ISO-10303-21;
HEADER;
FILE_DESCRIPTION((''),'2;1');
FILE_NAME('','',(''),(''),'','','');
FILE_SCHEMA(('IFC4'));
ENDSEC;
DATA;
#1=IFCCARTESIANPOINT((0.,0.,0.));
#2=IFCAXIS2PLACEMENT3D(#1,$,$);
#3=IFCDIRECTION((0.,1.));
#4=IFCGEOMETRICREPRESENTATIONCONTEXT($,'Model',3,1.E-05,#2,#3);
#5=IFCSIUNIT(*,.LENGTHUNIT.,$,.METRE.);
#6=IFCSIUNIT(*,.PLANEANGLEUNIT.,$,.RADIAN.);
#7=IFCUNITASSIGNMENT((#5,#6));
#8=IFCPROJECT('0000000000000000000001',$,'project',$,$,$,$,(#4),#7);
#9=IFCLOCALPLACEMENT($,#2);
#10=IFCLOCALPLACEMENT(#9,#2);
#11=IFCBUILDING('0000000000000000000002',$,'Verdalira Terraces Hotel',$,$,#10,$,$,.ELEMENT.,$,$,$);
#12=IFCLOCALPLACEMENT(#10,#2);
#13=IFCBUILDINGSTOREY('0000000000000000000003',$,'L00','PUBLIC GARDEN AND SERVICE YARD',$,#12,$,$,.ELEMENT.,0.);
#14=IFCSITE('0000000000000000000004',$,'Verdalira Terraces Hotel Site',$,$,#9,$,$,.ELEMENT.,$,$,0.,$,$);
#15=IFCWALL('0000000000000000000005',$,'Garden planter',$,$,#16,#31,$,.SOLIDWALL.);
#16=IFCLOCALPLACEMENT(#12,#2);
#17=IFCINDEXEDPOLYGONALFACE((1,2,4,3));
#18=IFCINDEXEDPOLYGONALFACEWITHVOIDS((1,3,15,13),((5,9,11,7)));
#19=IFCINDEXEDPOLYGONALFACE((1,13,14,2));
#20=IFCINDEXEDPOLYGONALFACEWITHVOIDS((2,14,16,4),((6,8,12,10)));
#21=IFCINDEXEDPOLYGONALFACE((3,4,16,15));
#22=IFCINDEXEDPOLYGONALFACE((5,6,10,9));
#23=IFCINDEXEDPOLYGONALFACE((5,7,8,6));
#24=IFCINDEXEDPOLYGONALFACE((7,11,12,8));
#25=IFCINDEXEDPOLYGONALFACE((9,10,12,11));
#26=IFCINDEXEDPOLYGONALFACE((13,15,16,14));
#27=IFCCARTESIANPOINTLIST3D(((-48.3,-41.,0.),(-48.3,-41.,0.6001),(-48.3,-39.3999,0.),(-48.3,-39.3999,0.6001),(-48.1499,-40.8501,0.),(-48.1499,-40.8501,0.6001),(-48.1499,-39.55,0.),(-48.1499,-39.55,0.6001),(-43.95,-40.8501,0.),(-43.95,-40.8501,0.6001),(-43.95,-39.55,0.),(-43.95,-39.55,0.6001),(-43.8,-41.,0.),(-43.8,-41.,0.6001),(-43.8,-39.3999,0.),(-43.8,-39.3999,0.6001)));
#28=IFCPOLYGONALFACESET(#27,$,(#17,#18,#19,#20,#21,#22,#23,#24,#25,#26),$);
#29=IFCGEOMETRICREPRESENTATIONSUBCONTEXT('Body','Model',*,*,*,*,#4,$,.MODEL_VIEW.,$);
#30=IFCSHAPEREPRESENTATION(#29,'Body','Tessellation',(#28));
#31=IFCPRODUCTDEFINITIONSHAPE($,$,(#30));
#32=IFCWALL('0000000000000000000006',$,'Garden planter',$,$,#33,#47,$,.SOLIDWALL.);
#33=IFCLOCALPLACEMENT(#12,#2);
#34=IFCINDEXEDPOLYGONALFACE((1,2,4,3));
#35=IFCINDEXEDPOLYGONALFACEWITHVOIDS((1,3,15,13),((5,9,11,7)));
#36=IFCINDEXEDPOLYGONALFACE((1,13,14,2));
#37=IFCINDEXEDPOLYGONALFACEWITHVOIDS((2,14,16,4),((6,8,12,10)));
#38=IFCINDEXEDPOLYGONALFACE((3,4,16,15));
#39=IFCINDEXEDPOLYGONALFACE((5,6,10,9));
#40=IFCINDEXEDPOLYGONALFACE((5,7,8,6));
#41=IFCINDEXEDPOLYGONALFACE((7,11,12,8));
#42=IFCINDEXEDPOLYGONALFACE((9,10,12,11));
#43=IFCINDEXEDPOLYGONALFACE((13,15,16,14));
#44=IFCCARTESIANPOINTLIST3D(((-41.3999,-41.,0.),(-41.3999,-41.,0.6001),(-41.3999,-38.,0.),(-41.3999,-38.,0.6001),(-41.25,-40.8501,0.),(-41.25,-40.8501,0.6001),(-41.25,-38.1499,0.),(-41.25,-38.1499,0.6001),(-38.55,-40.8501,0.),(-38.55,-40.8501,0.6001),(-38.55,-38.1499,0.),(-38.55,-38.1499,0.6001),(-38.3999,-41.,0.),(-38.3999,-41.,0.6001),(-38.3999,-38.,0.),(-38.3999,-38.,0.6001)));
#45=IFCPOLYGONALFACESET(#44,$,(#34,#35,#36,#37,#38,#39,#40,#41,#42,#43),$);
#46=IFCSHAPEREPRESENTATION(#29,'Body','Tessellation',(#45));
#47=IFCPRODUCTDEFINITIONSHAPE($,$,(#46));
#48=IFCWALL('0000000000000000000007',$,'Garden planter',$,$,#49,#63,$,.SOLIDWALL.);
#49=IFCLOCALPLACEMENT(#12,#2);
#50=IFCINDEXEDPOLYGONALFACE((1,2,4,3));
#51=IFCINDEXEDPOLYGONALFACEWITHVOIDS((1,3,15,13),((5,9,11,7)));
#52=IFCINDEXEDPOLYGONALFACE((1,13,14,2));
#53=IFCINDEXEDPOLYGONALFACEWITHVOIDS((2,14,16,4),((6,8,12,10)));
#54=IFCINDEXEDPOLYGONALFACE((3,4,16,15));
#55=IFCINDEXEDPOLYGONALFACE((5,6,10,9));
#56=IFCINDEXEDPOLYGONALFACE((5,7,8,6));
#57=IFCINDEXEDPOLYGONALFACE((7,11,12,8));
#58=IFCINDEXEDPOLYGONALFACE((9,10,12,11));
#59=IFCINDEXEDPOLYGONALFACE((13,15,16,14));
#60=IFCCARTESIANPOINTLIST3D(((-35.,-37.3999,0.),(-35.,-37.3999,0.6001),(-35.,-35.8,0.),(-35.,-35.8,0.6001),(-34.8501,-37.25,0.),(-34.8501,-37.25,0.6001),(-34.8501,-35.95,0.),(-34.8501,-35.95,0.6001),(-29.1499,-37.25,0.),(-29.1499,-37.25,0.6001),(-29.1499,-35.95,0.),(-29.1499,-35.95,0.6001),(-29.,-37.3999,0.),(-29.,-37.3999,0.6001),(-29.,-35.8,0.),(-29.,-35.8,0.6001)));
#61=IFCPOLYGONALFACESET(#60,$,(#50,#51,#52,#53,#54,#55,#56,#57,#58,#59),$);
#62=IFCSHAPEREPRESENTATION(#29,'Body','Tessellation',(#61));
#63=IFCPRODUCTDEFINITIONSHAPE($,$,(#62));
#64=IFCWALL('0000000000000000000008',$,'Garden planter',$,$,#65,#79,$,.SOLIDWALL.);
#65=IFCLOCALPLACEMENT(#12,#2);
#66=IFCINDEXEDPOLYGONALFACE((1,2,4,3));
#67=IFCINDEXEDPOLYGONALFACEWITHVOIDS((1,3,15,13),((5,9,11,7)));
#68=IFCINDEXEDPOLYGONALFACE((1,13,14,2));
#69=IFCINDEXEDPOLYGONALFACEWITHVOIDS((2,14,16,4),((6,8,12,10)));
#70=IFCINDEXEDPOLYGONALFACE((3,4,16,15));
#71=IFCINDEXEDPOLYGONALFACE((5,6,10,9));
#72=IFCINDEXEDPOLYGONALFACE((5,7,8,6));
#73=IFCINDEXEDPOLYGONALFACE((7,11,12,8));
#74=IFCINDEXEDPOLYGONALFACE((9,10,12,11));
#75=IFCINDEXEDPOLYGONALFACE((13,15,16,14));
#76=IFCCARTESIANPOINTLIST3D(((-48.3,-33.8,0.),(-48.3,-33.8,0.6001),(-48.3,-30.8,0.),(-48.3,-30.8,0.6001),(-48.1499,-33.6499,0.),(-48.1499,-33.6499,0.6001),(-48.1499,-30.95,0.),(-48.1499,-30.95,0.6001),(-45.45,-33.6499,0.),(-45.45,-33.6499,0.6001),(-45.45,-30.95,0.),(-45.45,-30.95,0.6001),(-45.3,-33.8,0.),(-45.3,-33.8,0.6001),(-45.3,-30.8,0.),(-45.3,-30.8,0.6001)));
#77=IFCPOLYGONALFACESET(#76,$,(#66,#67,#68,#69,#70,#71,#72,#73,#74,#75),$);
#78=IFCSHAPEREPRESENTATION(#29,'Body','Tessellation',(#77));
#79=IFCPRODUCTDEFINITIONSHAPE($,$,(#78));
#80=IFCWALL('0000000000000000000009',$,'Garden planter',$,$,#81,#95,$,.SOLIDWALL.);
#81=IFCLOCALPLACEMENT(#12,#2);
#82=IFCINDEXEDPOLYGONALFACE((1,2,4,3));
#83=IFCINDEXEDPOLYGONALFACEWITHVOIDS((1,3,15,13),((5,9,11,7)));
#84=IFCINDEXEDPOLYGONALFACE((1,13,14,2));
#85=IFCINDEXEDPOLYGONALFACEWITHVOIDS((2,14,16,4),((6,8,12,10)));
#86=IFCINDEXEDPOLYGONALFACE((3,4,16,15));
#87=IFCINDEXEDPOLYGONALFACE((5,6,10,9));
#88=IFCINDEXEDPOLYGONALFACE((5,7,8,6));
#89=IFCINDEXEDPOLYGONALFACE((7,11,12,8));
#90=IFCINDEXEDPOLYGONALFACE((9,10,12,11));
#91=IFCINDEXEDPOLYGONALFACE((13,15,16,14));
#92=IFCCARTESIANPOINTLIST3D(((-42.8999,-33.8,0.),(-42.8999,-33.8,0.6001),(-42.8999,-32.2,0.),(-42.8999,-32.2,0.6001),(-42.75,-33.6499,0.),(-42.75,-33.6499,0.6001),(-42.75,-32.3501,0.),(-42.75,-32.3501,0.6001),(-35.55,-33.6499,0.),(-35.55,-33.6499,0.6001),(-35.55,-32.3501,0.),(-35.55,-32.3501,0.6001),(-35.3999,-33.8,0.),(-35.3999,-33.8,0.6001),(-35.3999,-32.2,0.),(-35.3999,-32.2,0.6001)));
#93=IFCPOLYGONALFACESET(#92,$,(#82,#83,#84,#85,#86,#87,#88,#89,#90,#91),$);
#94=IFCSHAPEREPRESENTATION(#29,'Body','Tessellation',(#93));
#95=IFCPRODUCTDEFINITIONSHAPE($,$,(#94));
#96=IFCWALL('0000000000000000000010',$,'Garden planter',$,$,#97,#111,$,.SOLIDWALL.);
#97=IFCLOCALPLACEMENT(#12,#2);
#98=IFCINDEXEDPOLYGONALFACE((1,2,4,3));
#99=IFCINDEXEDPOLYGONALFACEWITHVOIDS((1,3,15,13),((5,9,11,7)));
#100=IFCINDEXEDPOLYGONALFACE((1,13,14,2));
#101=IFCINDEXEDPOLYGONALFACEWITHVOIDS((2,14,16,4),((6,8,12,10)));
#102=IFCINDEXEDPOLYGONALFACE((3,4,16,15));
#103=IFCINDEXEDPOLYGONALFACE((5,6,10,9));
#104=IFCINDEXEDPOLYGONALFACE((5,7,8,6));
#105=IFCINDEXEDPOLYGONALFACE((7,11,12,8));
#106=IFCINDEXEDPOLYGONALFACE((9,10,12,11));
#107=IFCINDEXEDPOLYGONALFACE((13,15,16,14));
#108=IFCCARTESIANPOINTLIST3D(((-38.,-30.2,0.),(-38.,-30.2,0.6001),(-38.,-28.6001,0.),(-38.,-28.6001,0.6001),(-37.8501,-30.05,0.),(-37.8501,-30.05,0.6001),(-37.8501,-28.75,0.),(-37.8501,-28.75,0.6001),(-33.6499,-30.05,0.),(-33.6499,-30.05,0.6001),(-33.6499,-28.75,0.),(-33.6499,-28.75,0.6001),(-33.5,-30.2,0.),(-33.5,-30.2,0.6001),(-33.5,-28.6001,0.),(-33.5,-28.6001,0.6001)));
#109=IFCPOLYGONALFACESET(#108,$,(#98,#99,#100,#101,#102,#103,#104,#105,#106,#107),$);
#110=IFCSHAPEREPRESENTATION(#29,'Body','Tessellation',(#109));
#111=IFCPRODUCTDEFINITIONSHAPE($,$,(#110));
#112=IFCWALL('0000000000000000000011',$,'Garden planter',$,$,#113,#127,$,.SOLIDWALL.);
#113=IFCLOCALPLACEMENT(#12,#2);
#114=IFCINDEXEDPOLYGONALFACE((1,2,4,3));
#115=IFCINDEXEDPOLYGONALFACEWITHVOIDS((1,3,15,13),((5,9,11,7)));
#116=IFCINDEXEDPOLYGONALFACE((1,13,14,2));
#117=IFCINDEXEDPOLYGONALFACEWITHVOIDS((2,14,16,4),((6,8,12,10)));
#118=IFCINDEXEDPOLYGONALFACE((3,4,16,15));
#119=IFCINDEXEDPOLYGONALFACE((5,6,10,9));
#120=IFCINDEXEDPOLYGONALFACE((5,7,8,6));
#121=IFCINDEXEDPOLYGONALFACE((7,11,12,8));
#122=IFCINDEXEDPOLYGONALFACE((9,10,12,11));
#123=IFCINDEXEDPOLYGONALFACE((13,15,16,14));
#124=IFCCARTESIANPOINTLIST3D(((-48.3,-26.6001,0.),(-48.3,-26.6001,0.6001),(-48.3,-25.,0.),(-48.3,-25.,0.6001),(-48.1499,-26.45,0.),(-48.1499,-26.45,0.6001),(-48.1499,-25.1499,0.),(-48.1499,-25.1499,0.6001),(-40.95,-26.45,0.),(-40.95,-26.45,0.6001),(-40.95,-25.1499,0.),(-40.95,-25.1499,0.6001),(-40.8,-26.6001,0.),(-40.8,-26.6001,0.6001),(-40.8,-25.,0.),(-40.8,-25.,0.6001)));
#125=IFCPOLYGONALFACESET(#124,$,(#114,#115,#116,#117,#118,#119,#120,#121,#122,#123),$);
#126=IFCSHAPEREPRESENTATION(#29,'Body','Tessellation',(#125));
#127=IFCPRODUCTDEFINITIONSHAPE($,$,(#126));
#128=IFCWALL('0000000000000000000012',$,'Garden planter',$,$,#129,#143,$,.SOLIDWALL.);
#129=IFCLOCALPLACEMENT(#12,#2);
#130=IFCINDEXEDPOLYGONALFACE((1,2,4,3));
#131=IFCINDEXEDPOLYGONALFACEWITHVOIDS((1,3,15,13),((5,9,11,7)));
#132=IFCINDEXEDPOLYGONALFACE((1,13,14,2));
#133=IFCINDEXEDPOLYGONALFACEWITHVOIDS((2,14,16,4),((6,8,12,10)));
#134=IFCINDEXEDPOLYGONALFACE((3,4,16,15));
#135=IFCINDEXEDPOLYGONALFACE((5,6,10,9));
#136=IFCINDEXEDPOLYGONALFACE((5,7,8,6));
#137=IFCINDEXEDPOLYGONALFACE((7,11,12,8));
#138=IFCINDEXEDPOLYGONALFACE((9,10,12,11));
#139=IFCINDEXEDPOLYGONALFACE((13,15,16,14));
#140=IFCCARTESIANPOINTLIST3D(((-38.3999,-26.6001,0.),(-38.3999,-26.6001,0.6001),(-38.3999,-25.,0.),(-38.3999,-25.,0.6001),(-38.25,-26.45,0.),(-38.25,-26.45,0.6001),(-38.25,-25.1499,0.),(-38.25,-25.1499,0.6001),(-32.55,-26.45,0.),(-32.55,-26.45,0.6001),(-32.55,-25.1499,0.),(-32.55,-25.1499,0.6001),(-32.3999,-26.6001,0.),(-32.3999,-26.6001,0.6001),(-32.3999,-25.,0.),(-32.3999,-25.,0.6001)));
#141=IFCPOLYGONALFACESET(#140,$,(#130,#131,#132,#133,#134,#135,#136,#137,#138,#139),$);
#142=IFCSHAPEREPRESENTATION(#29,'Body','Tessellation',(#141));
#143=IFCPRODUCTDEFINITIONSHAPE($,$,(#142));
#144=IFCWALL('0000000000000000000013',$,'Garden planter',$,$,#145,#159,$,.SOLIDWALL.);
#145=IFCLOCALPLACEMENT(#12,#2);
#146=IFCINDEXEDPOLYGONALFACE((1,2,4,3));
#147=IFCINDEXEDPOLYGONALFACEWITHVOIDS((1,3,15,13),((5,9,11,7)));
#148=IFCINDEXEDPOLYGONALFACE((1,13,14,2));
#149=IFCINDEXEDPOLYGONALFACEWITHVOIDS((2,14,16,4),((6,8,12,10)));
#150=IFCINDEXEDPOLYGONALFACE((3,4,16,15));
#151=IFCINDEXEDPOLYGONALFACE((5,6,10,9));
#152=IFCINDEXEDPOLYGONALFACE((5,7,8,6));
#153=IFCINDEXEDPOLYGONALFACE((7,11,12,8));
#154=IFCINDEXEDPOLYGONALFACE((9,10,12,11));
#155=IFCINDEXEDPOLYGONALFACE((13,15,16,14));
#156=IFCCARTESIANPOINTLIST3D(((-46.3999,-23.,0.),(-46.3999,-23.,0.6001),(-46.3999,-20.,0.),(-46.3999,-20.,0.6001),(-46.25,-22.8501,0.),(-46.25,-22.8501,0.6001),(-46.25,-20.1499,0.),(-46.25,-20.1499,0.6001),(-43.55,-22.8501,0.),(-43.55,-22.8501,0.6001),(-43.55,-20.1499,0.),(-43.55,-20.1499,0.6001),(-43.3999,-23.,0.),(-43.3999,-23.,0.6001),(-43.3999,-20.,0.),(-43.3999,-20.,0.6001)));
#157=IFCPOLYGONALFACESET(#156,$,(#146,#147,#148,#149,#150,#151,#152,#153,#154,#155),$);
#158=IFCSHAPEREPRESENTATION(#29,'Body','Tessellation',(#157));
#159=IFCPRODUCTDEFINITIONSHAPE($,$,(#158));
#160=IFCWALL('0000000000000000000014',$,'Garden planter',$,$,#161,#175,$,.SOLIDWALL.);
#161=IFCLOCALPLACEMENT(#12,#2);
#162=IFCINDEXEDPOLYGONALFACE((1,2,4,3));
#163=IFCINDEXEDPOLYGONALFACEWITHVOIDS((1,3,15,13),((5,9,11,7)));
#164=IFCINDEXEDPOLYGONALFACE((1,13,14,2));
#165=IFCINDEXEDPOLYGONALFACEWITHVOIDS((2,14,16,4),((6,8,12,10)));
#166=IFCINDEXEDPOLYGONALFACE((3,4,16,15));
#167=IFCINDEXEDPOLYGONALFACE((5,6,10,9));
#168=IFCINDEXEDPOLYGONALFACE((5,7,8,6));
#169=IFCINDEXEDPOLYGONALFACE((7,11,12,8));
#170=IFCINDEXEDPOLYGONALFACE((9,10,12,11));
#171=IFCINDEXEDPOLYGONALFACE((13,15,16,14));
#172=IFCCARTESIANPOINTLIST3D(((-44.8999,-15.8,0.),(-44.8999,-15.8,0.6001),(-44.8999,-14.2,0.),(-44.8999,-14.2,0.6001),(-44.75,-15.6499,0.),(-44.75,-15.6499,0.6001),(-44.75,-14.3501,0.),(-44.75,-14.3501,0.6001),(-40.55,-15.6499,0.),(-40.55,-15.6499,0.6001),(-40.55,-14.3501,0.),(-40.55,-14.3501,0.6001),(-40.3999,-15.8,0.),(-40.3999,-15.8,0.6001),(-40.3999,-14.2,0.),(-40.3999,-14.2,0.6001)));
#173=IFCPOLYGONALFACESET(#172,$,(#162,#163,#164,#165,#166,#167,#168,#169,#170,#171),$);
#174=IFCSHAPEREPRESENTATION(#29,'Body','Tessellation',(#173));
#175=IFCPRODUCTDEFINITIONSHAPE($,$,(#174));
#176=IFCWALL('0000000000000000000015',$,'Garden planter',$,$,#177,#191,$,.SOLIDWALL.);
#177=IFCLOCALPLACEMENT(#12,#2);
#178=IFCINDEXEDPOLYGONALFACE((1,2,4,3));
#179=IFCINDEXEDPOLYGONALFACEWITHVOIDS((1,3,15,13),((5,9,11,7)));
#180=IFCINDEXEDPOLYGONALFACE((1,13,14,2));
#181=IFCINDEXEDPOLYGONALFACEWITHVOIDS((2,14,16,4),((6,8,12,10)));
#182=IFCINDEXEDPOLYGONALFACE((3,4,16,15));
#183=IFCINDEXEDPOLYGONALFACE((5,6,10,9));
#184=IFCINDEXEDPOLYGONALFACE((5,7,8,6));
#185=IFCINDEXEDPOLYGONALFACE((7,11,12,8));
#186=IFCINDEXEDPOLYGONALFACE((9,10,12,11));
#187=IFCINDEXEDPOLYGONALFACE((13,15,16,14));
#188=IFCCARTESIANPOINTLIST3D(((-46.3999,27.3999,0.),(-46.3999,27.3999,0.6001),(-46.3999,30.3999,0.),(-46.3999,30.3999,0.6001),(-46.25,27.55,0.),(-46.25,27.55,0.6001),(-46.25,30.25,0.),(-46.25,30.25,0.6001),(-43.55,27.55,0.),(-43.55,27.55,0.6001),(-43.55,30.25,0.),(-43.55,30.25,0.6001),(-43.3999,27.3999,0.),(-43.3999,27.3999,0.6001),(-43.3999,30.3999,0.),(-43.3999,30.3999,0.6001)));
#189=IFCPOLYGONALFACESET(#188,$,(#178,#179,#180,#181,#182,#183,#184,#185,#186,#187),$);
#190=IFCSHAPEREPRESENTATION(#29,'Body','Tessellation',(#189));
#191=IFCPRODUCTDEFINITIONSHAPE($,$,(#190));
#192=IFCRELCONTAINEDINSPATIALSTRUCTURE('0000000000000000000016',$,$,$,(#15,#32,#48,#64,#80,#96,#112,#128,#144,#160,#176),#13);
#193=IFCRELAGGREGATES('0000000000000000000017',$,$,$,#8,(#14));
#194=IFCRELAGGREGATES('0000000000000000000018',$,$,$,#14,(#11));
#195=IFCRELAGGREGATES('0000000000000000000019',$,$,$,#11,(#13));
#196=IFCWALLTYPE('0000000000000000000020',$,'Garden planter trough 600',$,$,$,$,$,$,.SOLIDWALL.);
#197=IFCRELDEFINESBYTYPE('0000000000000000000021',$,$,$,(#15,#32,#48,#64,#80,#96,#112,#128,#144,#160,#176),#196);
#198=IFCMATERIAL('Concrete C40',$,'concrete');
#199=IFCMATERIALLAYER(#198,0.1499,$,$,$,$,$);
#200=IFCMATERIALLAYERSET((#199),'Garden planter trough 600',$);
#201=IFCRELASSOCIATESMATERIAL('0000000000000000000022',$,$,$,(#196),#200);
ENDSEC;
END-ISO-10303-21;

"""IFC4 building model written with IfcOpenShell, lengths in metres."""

from ifc_helpers import new_model, si_unit, direction, origin, place, context, subcontext, project, spatial, polyline, outline, extrude, material, layer, layer_set, type_object, element, save


model = new_model("IFC4")

# Units and contexts
model_context = context("Model", 3, precision=1e-05, world=origin(), true_north=direction((0.0, 1.0)))
body_context = subcontext(model_context, "Body", "Model", "MODEL_VIEW")
ifc_project = project(units=[si_unit("LENGTHUNIT", "METRE"), si_unit("PLANEANGLEUNIT", "RADIAN")], contexts=[model_context])

# Site, building, storey
site_placement = place(None, origin())
site = spatial("IfcSite", under=ifc_project, at=site_placement, Name="Verdalira Terraces Hotel Site", CompositionType="ELEMENT", RefElevation=0.0)
building_placement = place(site_placement, origin())
building = spatial("IfcBuilding", under=site, at=building_placement, Name="Verdalira Terraces Hotel", CompositionType="ELEMENT")
storey_placement = place(building_placement, origin())
storey = spatial("IfcBuildingStorey", under=building, at=storey_placement, Name="L00", Description="PUBLIC GARDEN AND SERVICE YARD", CompositionType="ELEMENT", Elevation=0.0)

# Walls
ifc_material_1 = material(Name="Concrete C40", Category="concrete")
ifc_layer_1 = layer(ifc_material_1, 0.1499)
ifc_layer_set_1 = layer_set([ifc_layer_1], Name="Garden planter trough 600")
wall_type = type_object("IfcWallType", Name="Garden planter trough 600", PredefinedType="SOLIDWALL", material=ifc_layer_set_1)
wall_1_placement = place(storey_placement, origin())
element("IfcWall", 1, at=wall_1_placement, inside=storey, type_object=wall_type, Name="Garden planter", PredefinedType="SOLIDWALL", context=body_context, shape_type="SweptSolid", body=[
    extrude(outline(polyline([(-48.3, -41.0), (-43.8, -41.0), (-43.8, -39.3999), (-48.3, -39.3999), (-48.3, -41.0)]), holes=[polyline([(-48.1499, -40.8501), (-48.1499, -39.55), (-43.95, -39.55), (-43.95, -40.8501), (-48.1499, -40.8501)])]), origin(), (0.0, 0.0, 1.0), 0.6001),
])
wall_2_placement = place(storey_placement, origin())
element("IfcWall", 2, at=wall_2_placement, inside=storey, type_object=wall_type, Name="Garden planter", PredefinedType="SOLIDWALL", context=body_context, shape_type="SweptSolid", body=[
    extrude(outline(polyline([(-41.3999, -41.0), (-38.3999, -41.0), (-38.3999, -38.0), (-41.3999, -38.0), (-41.3999, -41.0)]), holes=[polyline([(-41.25, -40.8501), (-41.25, -38.1499), (-38.55, -38.1499), (-38.55, -40.8501), (-41.25, -40.8501)])]), origin(), (0.0, 0.0, 1.0), 0.6001),
])
wall_3_placement = place(storey_placement, origin())
element("IfcWall", 3, at=wall_3_placement, inside=storey, type_object=wall_type, Name="Garden planter", PredefinedType="SOLIDWALL", context=body_context, shape_type="SweptSolid", body=[
    extrude(outline(polyline([(-35.0, -37.3999), (-29.0, -37.3999), (-29.0, -35.8), (-35.0, -35.8), (-35.0, -37.3999)]), holes=[polyline([(-34.8501, -37.25), (-34.8501, -35.95), (-29.1499, -35.95), (-29.1499, -37.25), (-34.8501, -37.25)])]), origin(), (0.0, 0.0, 1.0), 0.6001),
])
wall_4_placement = place(storey_placement, origin())
element("IfcWall", 4, at=wall_4_placement, inside=storey, type_object=wall_type, Name="Garden planter", PredefinedType="SOLIDWALL", context=body_context, shape_type="SweptSolid", body=[
    extrude(outline(polyline([(-48.3, -33.8), (-45.3, -33.8), (-45.3, -30.8), (-48.3, -30.8), (-48.3, -33.8)]), holes=[polyline([(-48.1499, -33.6499), (-48.1499, -30.95), (-45.45, -30.95), (-45.45, -33.6499), (-48.1499, -33.6499)])]), origin(), (0.0, 0.0, 1.0), 0.6001),
])
wall_5_placement = place(storey_placement, origin())
element("IfcWall", 5, at=wall_5_placement, inside=storey, type_object=wall_type, Name="Garden planter", PredefinedType="SOLIDWALL", context=body_context, shape_type="SweptSolid", body=[
    extrude(outline(polyline([(-42.8999, -33.8), (-35.3999, -33.8), (-35.3999, -32.2), (-42.8999, -32.2), (-42.8999, -33.8)]), holes=[polyline([(-42.75, -33.6499), (-42.75, -32.3501), (-35.55, -32.3501), (-35.55, -33.6499), (-42.75, -33.6499)])]), origin(), (0.0, 0.0, 1.0), 0.6001),
])
wall_6_placement = place(storey_placement, origin())
element("IfcWall", 6, at=wall_6_placement, inside=storey, type_object=wall_type, Name="Garden planter", PredefinedType="SOLIDWALL", context=body_context, shape_type="SweptSolid", body=[
    extrude(outline(polyline([(-38.0, -30.2), (-33.5, -30.2), (-33.5, -28.6001), (-38.0, -28.6001), (-38.0, -30.2)]), holes=[polyline([(-37.8501, -30.05), (-37.8501, -28.75), (-33.6499, -28.75), (-33.6499, -30.05), (-37.8501, -30.05)])]), origin(), (0.0, 0.0, 1.0), 0.6001),
])
wall_7_placement = place(storey_placement, origin())
element("IfcWall", 7, at=wall_7_placement, inside=storey, type_object=wall_type, Name="Garden planter", PredefinedType="SOLIDWALL", context=body_context, shape_type="SweptSolid", body=[
    extrude(outline(polyline([(-48.3, -26.6001), (-40.8, -26.6001), (-40.8, -25.0), (-48.3, -25.0), (-48.3, -26.6001)]), holes=[polyline([(-48.1499, -26.45), (-48.1499, -25.1499), (-40.95, -25.1499), (-40.95, -26.45), (-48.1499, -26.45)])]), origin(), (0.0, 0.0, 1.0), 0.6001),
])
wall_8_placement = place(storey_placement, origin())
element("IfcWall", 8, at=wall_8_placement, inside=storey, type_object=wall_type, Name="Garden planter", PredefinedType="SOLIDWALL", context=body_context, shape_type="SweptSolid", body=[
    extrude(outline(polyline([(-38.3999, -26.6001), (-32.3999, -26.6001), (-32.3999, -25.0), (-38.3999, -25.0), (-38.3999, -26.6001)]), holes=[polyline([(-38.25, -26.45), (-38.25, -25.1499), (-32.55, -25.1499), (-32.55, -26.45), (-38.25, -26.45)])]), origin(), (0.0, 0.0, 1.0), 0.6001),
])
wall_9_placement = place(storey_placement, origin())
element("IfcWall", 9, at=wall_9_placement, inside=storey, type_object=wall_type, Name="Garden planter", PredefinedType="SOLIDWALL", context=body_context, shape_type="SweptSolid", body=[
    extrude(outline(polyline([(-46.3999, -23.0), (-43.3999, -23.0), (-43.3999, -20.0), (-46.3999, -20.0), (-46.3999, -23.0)]), holes=[polyline([(-46.25, -22.8501), (-46.25, -20.1499), (-43.55, -20.1499), (-43.55, -22.8501), (-46.25, -22.8501)])]), origin(), (0.0, 0.0, 1.0), 0.6001),
])
wall_10_placement = place(storey_placement, origin())
element("IfcWall", 10, at=wall_10_placement, inside=storey, type_object=wall_type, Name="Garden planter", PredefinedType="SOLIDWALL", context=body_context, shape_type="SweptSolid", body=[
    extrude(outline(polyline([(-44.8999, -15.8), (-40.3999, -15.8), (-40.3999, -14.2), (-44.8999, -14.2), (-44.8999, -15.8)]), holes=[polyline([(-44.75, -15.6499), (-44.75, -14.3501), (-40.55, -14.3501), (-40.55, -15.6499), (-44.75, -15.6499)])]), origin(), (0.0, 0.0, 1.0), 0.6001),
])
wall_11_placement = place(storey_placement, origin())
element("IfcWall", 11, at=wall_11_placement, inside=storey, type_object=wall_type, Name="Garden planter", PredefinedType="SOLIDWALL", context=body_context, shape_type="SweptSolid", body=[
    extrude(outline(polyline([(-46.3999, 27.3999), (-43.3999, 27.3999), (-43.3999, 30.3999), (-46.3999, 30.3999), (-46.3999, 27.3999)]), holes=[polyline([(-46.25, 27.55), (-46.25, 30.25), (-43.55, 30.25), (-43.55, 27.55), (-46.25, 27.55)])]), origin(), (0.0, 0.0, 1.0), 0.6001),
])

save(model, "model.ifc")
